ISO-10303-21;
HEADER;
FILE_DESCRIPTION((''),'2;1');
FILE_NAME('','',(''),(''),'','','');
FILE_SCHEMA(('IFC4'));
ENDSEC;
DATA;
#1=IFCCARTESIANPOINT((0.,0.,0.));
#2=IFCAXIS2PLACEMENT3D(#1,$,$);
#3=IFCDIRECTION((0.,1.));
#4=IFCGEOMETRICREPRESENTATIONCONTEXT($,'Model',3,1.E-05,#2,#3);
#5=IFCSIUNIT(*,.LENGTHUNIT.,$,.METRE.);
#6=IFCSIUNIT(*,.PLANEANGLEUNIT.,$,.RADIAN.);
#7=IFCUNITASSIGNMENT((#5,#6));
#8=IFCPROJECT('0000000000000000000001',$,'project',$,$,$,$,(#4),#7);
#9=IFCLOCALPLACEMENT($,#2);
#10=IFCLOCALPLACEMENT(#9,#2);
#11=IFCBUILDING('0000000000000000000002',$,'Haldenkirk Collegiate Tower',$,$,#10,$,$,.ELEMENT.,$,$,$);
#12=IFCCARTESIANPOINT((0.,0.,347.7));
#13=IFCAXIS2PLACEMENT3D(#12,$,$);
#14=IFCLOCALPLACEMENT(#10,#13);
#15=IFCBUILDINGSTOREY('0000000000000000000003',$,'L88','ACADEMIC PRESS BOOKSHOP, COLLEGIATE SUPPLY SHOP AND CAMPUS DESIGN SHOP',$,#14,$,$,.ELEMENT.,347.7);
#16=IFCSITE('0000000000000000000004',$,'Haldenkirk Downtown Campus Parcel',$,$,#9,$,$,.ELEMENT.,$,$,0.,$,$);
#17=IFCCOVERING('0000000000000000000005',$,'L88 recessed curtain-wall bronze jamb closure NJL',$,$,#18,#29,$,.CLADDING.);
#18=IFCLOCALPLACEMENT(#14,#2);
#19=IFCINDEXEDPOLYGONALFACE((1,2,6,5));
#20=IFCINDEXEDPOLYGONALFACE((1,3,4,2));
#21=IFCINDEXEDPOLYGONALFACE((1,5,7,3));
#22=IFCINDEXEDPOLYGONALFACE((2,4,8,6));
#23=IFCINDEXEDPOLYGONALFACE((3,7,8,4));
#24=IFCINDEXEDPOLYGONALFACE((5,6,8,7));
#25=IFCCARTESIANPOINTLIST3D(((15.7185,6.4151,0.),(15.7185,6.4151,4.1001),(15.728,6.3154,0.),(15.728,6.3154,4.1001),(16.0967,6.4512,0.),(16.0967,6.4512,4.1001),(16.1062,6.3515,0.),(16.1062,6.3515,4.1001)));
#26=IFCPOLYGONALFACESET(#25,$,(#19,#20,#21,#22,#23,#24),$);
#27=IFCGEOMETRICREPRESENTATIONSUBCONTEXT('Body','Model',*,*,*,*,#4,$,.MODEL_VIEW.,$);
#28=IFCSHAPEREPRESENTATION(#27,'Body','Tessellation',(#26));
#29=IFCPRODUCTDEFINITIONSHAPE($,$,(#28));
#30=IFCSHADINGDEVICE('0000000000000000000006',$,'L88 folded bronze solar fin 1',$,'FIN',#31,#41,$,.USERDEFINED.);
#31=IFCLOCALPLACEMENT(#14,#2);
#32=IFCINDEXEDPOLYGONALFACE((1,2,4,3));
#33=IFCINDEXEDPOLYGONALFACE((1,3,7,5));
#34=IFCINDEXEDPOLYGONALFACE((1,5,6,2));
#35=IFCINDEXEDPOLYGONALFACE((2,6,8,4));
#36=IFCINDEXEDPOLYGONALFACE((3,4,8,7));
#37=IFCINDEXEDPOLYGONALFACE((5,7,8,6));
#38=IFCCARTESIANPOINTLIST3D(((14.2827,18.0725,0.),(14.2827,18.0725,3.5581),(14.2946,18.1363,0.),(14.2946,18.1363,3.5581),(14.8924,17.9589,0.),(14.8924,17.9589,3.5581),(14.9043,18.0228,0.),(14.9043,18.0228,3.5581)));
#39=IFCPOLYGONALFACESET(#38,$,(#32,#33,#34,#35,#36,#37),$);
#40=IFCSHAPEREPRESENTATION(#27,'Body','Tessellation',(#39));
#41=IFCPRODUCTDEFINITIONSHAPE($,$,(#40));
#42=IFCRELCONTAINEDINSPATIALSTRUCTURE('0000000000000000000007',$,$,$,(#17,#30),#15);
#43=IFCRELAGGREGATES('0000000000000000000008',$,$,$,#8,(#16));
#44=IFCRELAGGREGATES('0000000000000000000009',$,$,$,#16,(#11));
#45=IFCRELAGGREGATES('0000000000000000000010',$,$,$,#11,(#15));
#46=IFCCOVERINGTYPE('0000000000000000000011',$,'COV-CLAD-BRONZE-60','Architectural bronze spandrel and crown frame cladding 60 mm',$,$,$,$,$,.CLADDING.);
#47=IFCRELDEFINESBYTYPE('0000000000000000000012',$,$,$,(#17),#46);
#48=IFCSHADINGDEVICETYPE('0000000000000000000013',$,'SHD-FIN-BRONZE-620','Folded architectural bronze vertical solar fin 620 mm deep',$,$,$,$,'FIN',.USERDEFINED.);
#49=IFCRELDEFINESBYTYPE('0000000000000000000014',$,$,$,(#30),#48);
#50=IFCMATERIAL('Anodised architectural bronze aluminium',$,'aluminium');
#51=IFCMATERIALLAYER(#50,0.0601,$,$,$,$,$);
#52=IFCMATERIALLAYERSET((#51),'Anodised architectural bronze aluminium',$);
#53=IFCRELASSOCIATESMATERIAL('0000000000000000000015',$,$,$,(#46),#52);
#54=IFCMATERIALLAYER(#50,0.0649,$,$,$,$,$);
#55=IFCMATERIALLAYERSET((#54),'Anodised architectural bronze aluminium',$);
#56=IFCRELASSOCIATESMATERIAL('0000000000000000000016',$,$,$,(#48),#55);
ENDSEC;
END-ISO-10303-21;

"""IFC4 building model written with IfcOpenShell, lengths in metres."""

from ifc_helpers import new_model, si_unit, direction, frame, origin, origin_2d, place, context, subcontext, project, spatial, rectangle, extrude, source, transform, mapped, material, layer, layer_set, type_object, element, save


model = new_model("IFC4")

# Units and contexts
model_context = context("Model", 3, precision=1e-05, world=origin(), true_north=direction((0.0, 1.0)))
body_context = subcontext(model_context, "Body", "Model", "MODEL_VIEW")
ifc_project = project(units=[si_unit("LENGTHUNIT", "METRE"), si_unit("PLANEANGLEUNIT", "RADIAN")], contexts=[model_context])

# Site, building, storey
site_placement = place(None, origin())
site = spatial("IfcSite", under=ifc_project, at=site_placement, Name="Haldenkirk Downtown Campus Parcel", CompositionType="ELEMENT", RefElevation=0.0)
building_placement = place(site_placement, origin())
building = spatial("IfcBuilding", under=site, at=building_placement, Name="Haldenkirk Collegiate Tower", CompositionType="ELEMENT")
storey_placement = place(building_placement, frame((0.0, 0.0, 347.7)))
storey = spatial("IfcBuildingStorey", under=building, at=storey_placement, Name="L88", Description="ACADEMIC PRESS BOOKSHOP, COLLEGIATE SUPPLY SHOP AND CAMPUS DESIGN SHOP", CompositionType="ELEMENT", Elevation=347.7)

# Shared definitions
ifc_material_1 = material(Name="Anodised architectural bronze aluminium", Category="aluminium")

# Covering
ifc_layer_1 = layer(ifc_material_1, 0.0601)
ifc_layer_set_1 = layer_set([ifc_layer_1], Name="Anodised architectural bronze aluminium")
covering_type_1 = type_object("IfcCoveringType", Name="COV-CLAD-BRONZE-60", Description="Architectural bronze spandrel and crown frame cladding 60 mm", PredefinedType="CLADDING", material=ifc_layer_set_1)
shared_shape_1 = source(origin(), body_context, "Body", "SweptSolid", [
    extrude(rectangle(XDim=0.1001, YDim=0.3799, at=origin_2d()), origin(), (0.0, 0.0, 1.0), 4.1001),
])
covering_1_placement = place(storey_placement, frame((15.9124, 6.3833, 0.0), z_axis=(0.0, 0.0, 1.0), x_axis=(-0.094977, 0.995479, 0.0)))
element("IfcCovering", 1, at=covering_1_placement, inside=storey, type_object=covering_type_1, Name="L88 recessed curtain-wall bronze jamb closure NJL", PredefinedType="CLADDING", context=body_context, shape_type="MappedRepresentation", body=[
    mapped(shared_shape_1, transform((0.0, 0.0, 0.0), x_axis=(1.0, 0.0, 0.0), y_axis=(0.0, 1.0, 0.0), z_axis=(0.0, 0.0, 1.0), scale=1.0)),
])

# Shading device
ifc_layer_2 = layer(ifc_material_1, 0.0649)
ifc_layer_set_2 = layer_set([ifc_layer_2], Name="Anodised architectural bronze aluminium")
shading_device_type = type_object("IfcShadingDeviceType", Name="SHD-FIN-BRONZE-620", Description="Folded architectural bronze vertical solar fin 620 mm deep", ElementType="FIN", PredefinedType="USERDEFINED", material=ifc_layer_set_2)
shared_shape_2 = source(origin(), body_context, "Body", "SweptSolid", [
    extrude(rectangle(XDim=0.6201, YDim=0.0649, at=origin_2d()), origin(), (0.0, 0.0, 1.0), 3.5581),
])
shading_device_placement = place(storey_placement, frame((14.5935, 18.0476, 0.0), z_axis=(0.0, 0.0, 1.0), x_axis=(-0.983096, 0.183094, 0.0)))
element("IfcShadingDevice", 2, at=shading_device_placement, inside=storey, type_object=shading_device_type, Name="L88 folded bronze solar fin 1", ObjectType="FIN", PredefinedType="USERDEFINED", context=body_context, shape_type="MappedRepresentation", body=[
    mapped(shared_shape_2, transform((0.0, 0.0, 0.0), x_axis=(1.0, 0.0, 0.0), y_axis=(0.0, 1.0, 0.0), z_axis=(0.0, 0.0, 1.0), scale=1.0)),
])

save(model, "model.ifc")
